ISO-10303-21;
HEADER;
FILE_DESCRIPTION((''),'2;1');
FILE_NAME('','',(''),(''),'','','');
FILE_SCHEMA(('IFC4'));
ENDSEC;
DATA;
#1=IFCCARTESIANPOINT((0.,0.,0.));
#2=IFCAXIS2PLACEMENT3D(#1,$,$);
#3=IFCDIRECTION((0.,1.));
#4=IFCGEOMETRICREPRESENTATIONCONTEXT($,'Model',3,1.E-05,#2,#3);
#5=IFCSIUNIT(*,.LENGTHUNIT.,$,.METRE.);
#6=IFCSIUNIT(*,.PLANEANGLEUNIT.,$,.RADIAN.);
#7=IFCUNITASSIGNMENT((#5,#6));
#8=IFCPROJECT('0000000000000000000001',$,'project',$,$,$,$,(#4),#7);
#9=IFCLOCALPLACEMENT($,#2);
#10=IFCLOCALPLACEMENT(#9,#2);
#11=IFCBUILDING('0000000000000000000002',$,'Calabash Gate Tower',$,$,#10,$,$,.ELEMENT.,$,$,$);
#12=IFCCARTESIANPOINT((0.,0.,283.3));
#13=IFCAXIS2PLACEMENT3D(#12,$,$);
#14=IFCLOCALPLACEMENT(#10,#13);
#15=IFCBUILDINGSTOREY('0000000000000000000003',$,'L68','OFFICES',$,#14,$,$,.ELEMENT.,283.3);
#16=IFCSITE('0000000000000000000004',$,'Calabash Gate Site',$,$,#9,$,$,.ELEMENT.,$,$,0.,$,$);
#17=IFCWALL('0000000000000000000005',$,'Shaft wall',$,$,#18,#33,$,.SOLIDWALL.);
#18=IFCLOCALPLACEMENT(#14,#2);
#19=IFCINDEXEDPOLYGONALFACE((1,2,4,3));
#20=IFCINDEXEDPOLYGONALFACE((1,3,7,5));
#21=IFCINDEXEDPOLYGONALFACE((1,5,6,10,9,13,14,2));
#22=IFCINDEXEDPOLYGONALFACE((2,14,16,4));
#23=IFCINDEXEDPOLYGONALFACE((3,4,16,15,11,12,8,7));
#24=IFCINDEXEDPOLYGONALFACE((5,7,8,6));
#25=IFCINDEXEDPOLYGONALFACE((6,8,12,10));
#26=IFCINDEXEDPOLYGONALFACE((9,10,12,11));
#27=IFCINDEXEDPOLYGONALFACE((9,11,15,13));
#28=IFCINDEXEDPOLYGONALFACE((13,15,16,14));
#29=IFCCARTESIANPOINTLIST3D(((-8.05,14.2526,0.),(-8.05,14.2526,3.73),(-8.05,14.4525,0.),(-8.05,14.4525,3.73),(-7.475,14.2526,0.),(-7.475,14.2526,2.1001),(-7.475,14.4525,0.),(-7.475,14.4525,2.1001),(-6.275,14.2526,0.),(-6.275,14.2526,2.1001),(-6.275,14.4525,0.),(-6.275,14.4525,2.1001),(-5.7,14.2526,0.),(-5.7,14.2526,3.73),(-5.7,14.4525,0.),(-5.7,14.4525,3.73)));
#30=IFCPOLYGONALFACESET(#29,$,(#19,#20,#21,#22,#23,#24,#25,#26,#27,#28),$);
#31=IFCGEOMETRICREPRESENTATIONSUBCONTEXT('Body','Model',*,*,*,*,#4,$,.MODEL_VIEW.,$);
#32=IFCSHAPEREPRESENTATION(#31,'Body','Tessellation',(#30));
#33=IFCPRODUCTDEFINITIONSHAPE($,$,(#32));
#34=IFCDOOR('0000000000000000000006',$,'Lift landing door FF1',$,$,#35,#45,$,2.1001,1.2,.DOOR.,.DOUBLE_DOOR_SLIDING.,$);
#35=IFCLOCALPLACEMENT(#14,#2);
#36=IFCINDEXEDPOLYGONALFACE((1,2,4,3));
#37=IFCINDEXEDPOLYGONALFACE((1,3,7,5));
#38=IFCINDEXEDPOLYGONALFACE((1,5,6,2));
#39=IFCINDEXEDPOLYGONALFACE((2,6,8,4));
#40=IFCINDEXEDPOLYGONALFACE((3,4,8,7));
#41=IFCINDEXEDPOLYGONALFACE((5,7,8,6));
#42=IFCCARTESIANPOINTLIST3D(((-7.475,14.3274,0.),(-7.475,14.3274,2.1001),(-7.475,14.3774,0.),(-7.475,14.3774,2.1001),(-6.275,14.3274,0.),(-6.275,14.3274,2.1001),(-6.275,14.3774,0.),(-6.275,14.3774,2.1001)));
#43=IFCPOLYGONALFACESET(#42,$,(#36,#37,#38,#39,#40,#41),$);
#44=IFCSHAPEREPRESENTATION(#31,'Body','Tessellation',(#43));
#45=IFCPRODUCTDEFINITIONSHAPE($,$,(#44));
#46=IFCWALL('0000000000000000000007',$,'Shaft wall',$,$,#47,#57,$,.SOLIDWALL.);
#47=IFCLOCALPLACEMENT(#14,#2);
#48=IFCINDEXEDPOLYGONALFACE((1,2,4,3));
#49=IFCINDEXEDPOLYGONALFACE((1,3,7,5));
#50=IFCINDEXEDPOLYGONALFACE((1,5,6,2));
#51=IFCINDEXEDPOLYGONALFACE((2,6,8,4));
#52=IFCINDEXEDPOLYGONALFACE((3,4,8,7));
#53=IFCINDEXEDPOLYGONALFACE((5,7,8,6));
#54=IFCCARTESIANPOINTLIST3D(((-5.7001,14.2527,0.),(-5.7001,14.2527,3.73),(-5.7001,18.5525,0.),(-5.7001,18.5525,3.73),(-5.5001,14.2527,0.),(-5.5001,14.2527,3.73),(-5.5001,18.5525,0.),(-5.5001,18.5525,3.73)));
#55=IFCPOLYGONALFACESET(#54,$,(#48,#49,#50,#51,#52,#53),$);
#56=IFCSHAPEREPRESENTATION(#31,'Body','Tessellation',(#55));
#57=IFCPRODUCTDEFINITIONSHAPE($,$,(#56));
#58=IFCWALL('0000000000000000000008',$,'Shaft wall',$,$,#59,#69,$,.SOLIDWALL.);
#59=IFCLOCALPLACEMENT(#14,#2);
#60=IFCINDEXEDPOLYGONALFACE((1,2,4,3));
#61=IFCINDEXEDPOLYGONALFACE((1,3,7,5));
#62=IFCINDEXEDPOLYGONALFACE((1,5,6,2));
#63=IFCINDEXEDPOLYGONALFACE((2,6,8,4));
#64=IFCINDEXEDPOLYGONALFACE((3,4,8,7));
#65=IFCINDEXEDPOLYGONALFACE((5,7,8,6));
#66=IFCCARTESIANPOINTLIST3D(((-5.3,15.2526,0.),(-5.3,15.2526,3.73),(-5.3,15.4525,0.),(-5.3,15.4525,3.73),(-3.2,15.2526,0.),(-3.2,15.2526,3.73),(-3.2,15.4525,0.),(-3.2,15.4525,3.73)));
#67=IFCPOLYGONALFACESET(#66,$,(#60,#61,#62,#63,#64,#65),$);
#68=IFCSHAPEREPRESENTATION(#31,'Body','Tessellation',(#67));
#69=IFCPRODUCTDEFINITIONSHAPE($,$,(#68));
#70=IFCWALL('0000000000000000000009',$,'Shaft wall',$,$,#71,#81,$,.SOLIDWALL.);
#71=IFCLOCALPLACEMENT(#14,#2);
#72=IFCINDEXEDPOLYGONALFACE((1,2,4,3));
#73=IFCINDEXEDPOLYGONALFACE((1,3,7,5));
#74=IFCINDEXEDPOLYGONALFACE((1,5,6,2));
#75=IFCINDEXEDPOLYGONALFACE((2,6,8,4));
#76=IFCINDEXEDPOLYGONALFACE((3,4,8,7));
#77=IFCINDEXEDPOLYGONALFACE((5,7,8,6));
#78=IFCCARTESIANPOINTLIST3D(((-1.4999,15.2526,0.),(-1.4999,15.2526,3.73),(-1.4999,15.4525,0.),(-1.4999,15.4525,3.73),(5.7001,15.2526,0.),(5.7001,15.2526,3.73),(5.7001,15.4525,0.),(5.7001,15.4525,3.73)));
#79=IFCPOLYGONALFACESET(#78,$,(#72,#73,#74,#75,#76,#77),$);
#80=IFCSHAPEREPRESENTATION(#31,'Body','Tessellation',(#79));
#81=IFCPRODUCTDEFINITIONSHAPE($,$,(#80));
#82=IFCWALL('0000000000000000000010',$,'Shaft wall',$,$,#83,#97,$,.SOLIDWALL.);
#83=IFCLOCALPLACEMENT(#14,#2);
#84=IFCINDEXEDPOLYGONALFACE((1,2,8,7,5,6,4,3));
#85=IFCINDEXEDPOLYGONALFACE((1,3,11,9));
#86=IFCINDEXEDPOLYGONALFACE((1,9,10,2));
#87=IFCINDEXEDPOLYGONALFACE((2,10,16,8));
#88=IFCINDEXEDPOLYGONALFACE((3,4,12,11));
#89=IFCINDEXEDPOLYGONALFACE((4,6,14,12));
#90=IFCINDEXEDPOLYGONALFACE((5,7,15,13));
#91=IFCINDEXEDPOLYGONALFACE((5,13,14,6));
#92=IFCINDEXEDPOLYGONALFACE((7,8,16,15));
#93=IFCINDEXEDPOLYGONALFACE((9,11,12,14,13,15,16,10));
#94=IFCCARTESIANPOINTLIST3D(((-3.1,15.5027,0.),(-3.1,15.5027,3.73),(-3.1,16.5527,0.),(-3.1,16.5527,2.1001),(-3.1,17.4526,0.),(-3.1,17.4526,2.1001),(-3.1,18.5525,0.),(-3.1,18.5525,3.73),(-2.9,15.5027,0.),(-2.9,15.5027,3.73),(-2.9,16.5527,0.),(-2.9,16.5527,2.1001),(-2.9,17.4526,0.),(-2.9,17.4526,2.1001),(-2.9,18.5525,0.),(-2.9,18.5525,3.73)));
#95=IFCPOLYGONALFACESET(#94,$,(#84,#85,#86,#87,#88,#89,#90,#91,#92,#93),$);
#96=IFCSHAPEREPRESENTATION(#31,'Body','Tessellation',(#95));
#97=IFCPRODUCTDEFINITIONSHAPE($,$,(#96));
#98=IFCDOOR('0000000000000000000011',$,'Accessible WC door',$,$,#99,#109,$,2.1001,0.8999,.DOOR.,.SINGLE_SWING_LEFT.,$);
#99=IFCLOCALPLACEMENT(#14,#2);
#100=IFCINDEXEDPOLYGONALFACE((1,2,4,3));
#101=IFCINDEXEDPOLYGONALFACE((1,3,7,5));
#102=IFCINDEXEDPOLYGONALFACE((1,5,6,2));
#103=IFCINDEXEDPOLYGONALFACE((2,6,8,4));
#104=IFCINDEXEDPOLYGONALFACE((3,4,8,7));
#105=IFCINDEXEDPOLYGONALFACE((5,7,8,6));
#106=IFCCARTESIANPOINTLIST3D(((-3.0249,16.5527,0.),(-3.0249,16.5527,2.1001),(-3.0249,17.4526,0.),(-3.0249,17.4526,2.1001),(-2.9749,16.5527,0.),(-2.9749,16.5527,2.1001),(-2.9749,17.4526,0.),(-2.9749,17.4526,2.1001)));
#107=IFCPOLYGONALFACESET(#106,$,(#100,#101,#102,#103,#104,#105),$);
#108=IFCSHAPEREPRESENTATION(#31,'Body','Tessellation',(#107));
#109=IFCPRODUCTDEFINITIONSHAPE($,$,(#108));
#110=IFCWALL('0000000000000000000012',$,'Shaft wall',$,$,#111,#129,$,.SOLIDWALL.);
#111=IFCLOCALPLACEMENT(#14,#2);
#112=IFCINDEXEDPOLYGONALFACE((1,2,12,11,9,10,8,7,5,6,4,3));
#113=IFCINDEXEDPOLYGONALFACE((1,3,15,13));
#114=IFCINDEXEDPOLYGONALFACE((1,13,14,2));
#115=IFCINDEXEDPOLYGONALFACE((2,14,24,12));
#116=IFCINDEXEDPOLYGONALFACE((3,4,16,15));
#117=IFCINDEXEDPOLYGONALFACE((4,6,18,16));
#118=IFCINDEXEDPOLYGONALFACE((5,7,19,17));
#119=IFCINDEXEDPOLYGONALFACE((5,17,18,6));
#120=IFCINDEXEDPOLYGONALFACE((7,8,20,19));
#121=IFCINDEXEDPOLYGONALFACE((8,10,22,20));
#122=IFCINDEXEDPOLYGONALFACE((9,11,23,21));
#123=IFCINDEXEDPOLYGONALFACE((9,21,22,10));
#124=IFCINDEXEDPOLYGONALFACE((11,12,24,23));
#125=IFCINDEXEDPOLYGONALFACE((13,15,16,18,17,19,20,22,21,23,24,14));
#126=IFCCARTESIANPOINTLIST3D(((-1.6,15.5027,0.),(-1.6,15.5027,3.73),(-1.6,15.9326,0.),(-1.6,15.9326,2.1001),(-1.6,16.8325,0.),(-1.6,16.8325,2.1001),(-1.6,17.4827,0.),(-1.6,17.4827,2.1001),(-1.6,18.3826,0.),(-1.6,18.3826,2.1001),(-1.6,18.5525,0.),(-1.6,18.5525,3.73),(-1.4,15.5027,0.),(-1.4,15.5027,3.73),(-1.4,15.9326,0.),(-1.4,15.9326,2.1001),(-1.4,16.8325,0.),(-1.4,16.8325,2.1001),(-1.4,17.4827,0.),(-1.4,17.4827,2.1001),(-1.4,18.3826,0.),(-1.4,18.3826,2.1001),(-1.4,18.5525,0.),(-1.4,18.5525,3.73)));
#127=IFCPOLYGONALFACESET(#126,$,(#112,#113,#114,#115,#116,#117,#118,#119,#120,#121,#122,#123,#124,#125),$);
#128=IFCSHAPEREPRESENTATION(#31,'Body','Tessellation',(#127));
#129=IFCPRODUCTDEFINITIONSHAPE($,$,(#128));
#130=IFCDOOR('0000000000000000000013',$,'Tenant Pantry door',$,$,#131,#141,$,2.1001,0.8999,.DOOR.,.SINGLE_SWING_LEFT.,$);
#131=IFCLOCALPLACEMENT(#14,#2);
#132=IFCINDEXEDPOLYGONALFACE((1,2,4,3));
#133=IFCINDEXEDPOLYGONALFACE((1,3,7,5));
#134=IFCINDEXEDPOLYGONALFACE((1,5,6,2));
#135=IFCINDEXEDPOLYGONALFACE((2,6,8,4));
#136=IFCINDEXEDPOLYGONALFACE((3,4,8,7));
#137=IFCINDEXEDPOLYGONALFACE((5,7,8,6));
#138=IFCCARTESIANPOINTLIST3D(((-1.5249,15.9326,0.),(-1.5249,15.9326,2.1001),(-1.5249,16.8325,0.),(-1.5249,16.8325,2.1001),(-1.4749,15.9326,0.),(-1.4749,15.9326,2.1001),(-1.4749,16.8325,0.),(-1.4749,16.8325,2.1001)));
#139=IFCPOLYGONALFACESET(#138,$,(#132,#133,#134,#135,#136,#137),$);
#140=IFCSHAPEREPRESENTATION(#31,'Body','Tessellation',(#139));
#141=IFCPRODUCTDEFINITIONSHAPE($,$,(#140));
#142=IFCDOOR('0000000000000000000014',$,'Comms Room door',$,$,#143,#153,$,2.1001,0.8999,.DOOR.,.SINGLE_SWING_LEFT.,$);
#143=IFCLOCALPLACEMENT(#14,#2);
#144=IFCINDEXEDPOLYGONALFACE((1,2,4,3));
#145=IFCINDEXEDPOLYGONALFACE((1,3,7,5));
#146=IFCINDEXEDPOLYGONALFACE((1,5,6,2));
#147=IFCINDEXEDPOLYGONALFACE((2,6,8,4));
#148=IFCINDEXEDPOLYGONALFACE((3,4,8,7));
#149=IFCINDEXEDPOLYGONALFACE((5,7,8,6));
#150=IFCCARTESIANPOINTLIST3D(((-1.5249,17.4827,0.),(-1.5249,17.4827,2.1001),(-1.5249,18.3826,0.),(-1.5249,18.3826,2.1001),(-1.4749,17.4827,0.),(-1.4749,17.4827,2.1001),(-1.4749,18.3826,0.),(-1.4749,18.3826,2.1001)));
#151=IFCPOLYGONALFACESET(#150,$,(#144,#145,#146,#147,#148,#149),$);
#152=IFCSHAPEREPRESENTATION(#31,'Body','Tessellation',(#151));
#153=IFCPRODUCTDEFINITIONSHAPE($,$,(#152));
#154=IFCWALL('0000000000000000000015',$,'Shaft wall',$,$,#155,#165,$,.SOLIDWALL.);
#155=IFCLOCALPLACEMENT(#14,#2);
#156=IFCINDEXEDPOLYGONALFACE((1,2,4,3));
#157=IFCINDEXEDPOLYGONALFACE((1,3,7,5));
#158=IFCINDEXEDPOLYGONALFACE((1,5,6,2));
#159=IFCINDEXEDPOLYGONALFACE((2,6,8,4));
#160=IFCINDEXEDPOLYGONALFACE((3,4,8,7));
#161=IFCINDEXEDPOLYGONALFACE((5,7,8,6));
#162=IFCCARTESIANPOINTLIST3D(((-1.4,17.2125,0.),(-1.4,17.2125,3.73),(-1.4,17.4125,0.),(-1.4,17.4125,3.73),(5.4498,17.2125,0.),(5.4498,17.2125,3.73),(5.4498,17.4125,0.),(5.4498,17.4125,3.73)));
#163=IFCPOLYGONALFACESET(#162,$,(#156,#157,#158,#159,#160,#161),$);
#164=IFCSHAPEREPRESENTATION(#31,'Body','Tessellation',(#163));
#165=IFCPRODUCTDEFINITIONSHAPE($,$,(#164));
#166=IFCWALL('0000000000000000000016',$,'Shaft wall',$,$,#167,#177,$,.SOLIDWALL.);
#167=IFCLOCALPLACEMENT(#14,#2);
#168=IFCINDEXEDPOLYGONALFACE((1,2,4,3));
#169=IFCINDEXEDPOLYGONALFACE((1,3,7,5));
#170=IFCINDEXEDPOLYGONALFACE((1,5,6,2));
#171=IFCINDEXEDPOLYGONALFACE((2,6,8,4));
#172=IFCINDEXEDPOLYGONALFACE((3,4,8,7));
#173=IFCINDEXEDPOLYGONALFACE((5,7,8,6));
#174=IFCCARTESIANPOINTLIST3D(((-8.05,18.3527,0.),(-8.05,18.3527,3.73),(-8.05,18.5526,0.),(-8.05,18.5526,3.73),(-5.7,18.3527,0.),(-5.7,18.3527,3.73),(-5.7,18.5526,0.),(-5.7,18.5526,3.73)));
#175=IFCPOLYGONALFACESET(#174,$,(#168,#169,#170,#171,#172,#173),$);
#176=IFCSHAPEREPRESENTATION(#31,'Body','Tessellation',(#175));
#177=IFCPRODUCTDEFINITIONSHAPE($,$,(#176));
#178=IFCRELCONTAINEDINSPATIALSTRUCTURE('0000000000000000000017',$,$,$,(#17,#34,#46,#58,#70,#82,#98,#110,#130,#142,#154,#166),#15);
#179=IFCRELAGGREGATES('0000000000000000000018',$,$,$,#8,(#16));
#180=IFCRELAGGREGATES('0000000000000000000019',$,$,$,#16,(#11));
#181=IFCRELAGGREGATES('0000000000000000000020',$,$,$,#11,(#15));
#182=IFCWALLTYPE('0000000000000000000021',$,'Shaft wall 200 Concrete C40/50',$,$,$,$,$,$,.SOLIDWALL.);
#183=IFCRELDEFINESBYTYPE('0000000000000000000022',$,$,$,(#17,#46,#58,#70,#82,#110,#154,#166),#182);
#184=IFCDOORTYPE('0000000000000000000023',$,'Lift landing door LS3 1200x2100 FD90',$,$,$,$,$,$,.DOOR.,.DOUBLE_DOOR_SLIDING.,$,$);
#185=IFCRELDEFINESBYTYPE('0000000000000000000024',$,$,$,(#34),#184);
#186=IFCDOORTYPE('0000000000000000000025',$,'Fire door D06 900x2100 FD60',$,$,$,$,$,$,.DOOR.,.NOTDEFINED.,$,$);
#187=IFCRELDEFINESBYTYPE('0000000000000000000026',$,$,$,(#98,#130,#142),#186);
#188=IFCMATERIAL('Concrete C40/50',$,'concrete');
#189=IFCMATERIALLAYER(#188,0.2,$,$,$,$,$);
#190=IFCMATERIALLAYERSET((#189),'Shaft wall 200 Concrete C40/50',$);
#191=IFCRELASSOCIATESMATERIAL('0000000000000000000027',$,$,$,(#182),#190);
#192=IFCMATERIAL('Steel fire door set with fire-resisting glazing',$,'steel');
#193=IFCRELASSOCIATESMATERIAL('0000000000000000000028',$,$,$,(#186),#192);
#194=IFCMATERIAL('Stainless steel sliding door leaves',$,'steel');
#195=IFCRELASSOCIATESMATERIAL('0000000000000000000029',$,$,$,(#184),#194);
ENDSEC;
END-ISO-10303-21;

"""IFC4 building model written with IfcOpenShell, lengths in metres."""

from ifc_helpers import new_model, si_unit, direction, frame, frame_2d, origin, place, context, subcontext, project, spatial, rectangle, extrude, material, layer, layer_set, type_object, element, fill, save


model = new_model("IFC4")

# Units and contexts
model_context = context("Model", 3, precision=1e-05, world=origin(), true_north=direction((0.0, 1.0)))
body_context = subcontext(model_context, "Body", "Model", "MODEL_VIEW")
ifc_project = project(units=[si_unit("LENGTHUNIT", "METRE"), si_unit("PLANEANGLEUNIT", "RADIAN")], contexts=[model_context])

# Site, building, storey
site_placement = place(None, origin())
site = spatial("IfcSite", under=ifc_project, at=site_placement, Name="Calabash Gate Site", CompositionType="ELEMENT", RefElevation=0.0)
building_placement = place(site_placement, origin())
building = spatial("IfcBuilding", under=site, at=building_placement, Name="Calabash Gate Tower", CompositionType="ELEMENT")
storey_placement = place(building_placement, frame((0.0, 0.0, 283.3)))
storey = spatial("IfcBuildingStorey", under=building, at=storey_placement, Name="L68", Description="OFFICES", CompositionType="ELEMENT", Elevation=283.3)

# Shared definitions
ifc_material_1 = material(Name="Concrete C40/50", Category="concrete")
ifc_layer_1 = layer(ifc_material_1, 0.2)
ifc_layer_set_1 = layer_set([ifc_layer_1], Name="Shaft wall 200 Concrete C40/50")
wall_type_1 = type_object("IfcWallType", Name="Shaft wall 200 Concrete C40/50", PredefinedType="SOLIDWALL", material=ifc_layer_set_1)
ifc_material_2 = material(Name="Steel fire door set with fire-resisting glazing", Category="steel")
door_type_1 = type_object("IfcDoorType", Name="Fire door D06 900x2100 FD60", OperationType="NOTDEFINED", PredefinedType="DOOR", material=ifc_material_2)

# Wall, opening, door
wall_1_placement = place(storey_placement, frame((-8.05, 14.3525, 0.0), z_axis=(0.0, 0.0, 1.0), x_axis=(1.0, 0.0, 0.0)))
wall_1 = element("IfcWall", 1, at=wall_1_placement, inside=storey, type_object=wall_type_1, Name="Shaft wall", PredefinedType="SOLIDWALL", context=body_context, shape_type="SweptSolid", body=[
    extrude(rectangle(XDim=2.3501, YDim=0.2, at=frame_2d((1.175, 0.0))), origin(), (0.0, 0.0, 1.0), 3.73),
])
opening_1_placement = place(wall_1_placement, frame((0.575, 0.0, 0.0)))
opening_1 = element("IfcOpeningElement", 2, at=opening_1_placement, cuts=wall_1, PredefinedType="OPENING", context=body_context, shape_type="SweptSolid", body=[
    extrude(rectangle(XDim=1.2, YDim=2.1001, at=frame_2d((0.6001, 1.05))), frame((0.0, 0.1099, 0.0), z_axis=(0.0, -1.0, 0.0), x_axis=(1.0, 0.0, 0.0)), (0.0, 0.0, 1.0), 0.22),
])
ifc_material_3 = material(Name="Stainless steel sliding door leaves", Category="steel")
door_type_2 = type_object("IfcDoorType", Name="Lift landing door LS3 1200x2100 FD90", OperationType="DOUBLE_DOOR_SLIDING", PredefinedType="DOOR", material=ifc_material_3)
door_1_placement = place(opening_1_placement, origin())
door_1 = element("IfcDoor", 3, at=door_1_placement, inside=storey, type_object=door_type_2, Name="Lift landing door FF1", OperationType="DOUBLE_DOOR_SLIDING", OverallHeight=2.1001, OverallWidth=1.2, PredefinedType="DOOR", context=body_context, shape_type="SweptSolid", body=[
    extrude(rectangle(XDim=1.2, YDim=2.1001, at=frame_2d((0.6001, 1.05))), frame((0.0, 0.0249, 0.0), z_axis=(0.0, -1.0, 0.0), x_axis=(1.0, 0.0, 0.0)), (0.0, 0.0, 1.0), 0.05),
])
fill(opening_1, door_1)

# Walls
wall_2_placement = place(storey_placement, frame((-5.6001, 14.2527, 0.0), z_axis=(0.0, 0.0, 1.0), x_axis=(0.0, 1.0, 0.0)))
element("IfcWall", 4, at=wall_2_placement, inside=storey, type_object=wall_type_1, Name="Shaft wall", PredefinedType="SOLIDWALL", context=body_context, shape_type="SweptSolid", body=[
    extrude(rectangle(XDim=4.2998, YDim=0.2, at=frame_2d((2.1499, 0.0))), origin(), (0.0, 0.0, 1.0), 3.73),
])
wall_3_placement = place(storey_placement, frame((-5.3, 15.3525, 0.0), z_axis=(0.0, 0.0, 1.0), x_axis=(1.0, 0.0, 0.0)))
element("IfcWall", 5, at=wall_3_placement, inside=storey, type_object=wall_type_1, Name="Shaft wall", PredefinedType="SOLIDWALL", context=body_context, shape_type="SweptSolid", body=[
    extrude(rectangle(XDim=2.1001, YDim=0.2, at=frame_2d((1.05, 0.0))), origin(), (0.0, 0.0, 1.0), 3.73),
])
wall_4_placement = place(storey_placement, frame((-1.5, 15.3525, 0.0), z_axis=(0.0, 0.0, 1.0), x_axis=(1.0, 0.0, 0.0)))
element("IfcWall", 6, at=wall_4_placement, inside=storey, type_object=wall_type_1, Name="Shaft wall", PredefinedType="SOLIDWALL", context=body_context, shape_type="SweptSolid", body=[
    extrude(rectangle(XDim=7.2, YDim=0.2, at=frame_2d((3.6001, 0.0))), origin(), (0.0, 0.0, 1.0), 3.73),
])

# Wall, opening, door
wall_5_placement = place(storey_placement, frame((-3.0, 15.5027, 0.0), z_axis=(0.0, 0.0, 1.0), x_axis=(0.0, 1.0, 0.0)))
wall_5 = element("IfcWall", 7, at=wall_5_placement, inside=storey, type_object=wall_type_1, Name="Shaft wall", PredefinedType="SOLIDWALL", context=body_context, shape_type="SweptSolid", body=[
    extrude(rectangle(XDim=3.0498, YDim=0.2, at=frame_2d((1.5249, 0.0))), origin(), (0.0, 0.0, 1.0), 3.73),
])
opening_2_placement = place(wall_5_placement, frame((1.05, 0.0, 0.0)))
opening_2 = element("IfcOpeningElement", 8, at=opening_2_placement, cuts=wall_5, PredefinedType="OPENING", context=body_context, shape_type="SweptSolid", body=[
    extrude(rectangle(XDim=0.8999, YDim=2.1001, at=frame_2d((0.45, 1.05))), frame((0.0, 0.1099, 0.0), z_axis=(0.0, -1.0, 0.0), x_axis=(1.0, 0.0, 0.0)), (0.0, 0.0, 1.0), 0.22),
])
door_2_placement = place(opening_2_placement, origin())
door_2 = element("IfcDoor", 9, at=door_2_placement, inside=storey, type_object=door_type_1, Name="Accessible WC door", OperationType="SINGLE_SWING_LEFT", OverallHeight=2.1001, OverallWidth=0.8999, PredefinedType="DOOR", context=body_context, shape_type="SweptSolid", body=[
    extrude(rectangle(XDim=0.8999, YDim=2.1001, at=frame_2d((0.45, 1.05))), frame((0.0, 0.0249, 0.0), z_axis=(0.0, -1.0, 0.0), x_axis=(1.0, 0.0, 0.0)), (0.0, 0.0, 1.0), 0.05),
])
fill(opening_2, door_2)

# Wall, openings, doors
wall_6_placement = place(storey_placement, frame((-1.5, 15.5027, 0.0), z_axis=(0.0, 0.0, 1.0), x_axis=(0.0, 1.0, 0.0)))
wall_6 = element("IfcWall", 10, at=wall_6_placement, inside=storey, type_object=wall_type_1, Name="Shaft wall", PredefinedType="SOLIDWALL", context=body_context, shape_type="SweptSolid", body=[
    extrude(rectangle(XDim=3.0498, YDim=0.2, at=frame_2d((1.5249, 0.0))), origin(), (0.0, 0.0, 1.0), 3.73),
])
opening_3_placement = place(wall_6_placement, frame((0.4299, 0.0, 0.0)))
opening_3 = element("IfcOpeningElement", 11, at=opening_3_placement, cuts=wall_6, PredefinedType="OPENING", context=body_context, shape_type="SweptSolid", body=[
    extrude(rectangle(XDim=0.8999, YDim=2.1001, at=frame_2d((0.45, 1.05))), frame((0.0, 0.1099, 0.0), z_axis=(0.0, -1.0, 0.0), x_axis=(1.0, 0.0, 0.0)), (0.0, 0.0, 1.0), 0.22),
])
opening_4_placement = place(wall_6_placement, frame((1.98, 0.0, 0.0)))
opening_4 = element("IfcOpeningElement", 12, at=opening_4_placement, cuts=wall_6, PredefinedType="OPENING", context=body_context, shape_type="SweptSolid", body=[
    extrude(rectangle(XDim=0.8999, YDim=2.1001, at=frame_2d((0.45, 1.05))), frame((0.0, 0.1099, 0.0), z_axis=(0.0, -1.0, 0.0), x_axis=(1.0, 0.0, 0.0)), (0.0, 0.0, 1.0), 0.22),
])
door_3_placement = place(opening_3_placement, origin())
door_3 = element("IfcDoor", 13, at=door_3_placement, inside=storey, type_object=door_type_1, Name="Tenant Pantry door", OperationType="SINGLE_SWING_LEFT", OverallHeight=2.1001, OverallWidth=0.8999, PredefinedType="DOOR", context=body_context, shape_type="SweptSolid", body=[
    extrude(rectangle(XDim=0.8999, YDim=2.1001, at=frame_2d((0.45, 1.05))), frame((0.0, 0.0249, 0.0), z_axis=(0.0, -1.0, 0.0), x_axis=(1.0, 0.0, 0.0)), (0.0, 0.0, 1.0), 0.05),
])
fill(opening_3, door_3)
door_4_placement = place(opening_4_placement, origin())
door_4 = element("IfcDoor", 14, at=door_4_placement, inside=storey, type_object=door_type_1, Name="Comms Room door", OperationType="SINGLE_SWING_LEFT", OverallHeight=2.1001, OverallWidth=0.8999, PredefinedType="DOOR", context=body_context, shape_type="SweptSolid", body=[
    extrude(rectangle(XDim=0.8999, YDim=2.1001, at=frame_2d((0.45, 1.05))), frame((0.0, 0.0249, 0.0), z_axis=(0.0, -1.0, 0.0), x_axis=(1.0, 0.0, 0.0)), (0.0, 0.0, 1.0), 0.05),
])
fill(opening_4, door_4)

# Walls
wall_7_placement = place(storey_placement, frame((-1.3999, 17.3125, 0.0), z_axis=(0.0, 0.0, 1.0), x_axis=(1.0, 0.0, 0.0)))
element("IfcWall", 15, at=wall_7_placement, inside=storey, type_object=wall_type_1, Name="Shaft wall", PredefinedType="SOLIDWALL", context=body_context, shape_type="SweptSolid", body=[
    extrude(rectangle(XDim=6.8499, YDim=0.2, at=frame_2d((3.4248, 0.0))), origin(), (0.0, 0.0, 1.0), 3.73),
])
wall_8_placement = place(storey_placement, frame((-8.05, 18.4526, 0.0), z_axis=(0.0, 0.0, 1.0), x_axis=(1.0, 0.0, 0.0)))
element("IfcWall", 16, at=wall_8_placement, inside=storey, type_object=wall_type_1, Name="Shaft wall", PredefinedType="SOLIDWALL", context=body_context, shape_type="SweptSolid", body=[
    extrude(rectangle(XDim=2.3501, YDim=0.2, at=frame_2d((1.175, 0.0))), origin(), (0.0, 0.0, 1.0), 3.73),
])

save(model, "model.ifc")
